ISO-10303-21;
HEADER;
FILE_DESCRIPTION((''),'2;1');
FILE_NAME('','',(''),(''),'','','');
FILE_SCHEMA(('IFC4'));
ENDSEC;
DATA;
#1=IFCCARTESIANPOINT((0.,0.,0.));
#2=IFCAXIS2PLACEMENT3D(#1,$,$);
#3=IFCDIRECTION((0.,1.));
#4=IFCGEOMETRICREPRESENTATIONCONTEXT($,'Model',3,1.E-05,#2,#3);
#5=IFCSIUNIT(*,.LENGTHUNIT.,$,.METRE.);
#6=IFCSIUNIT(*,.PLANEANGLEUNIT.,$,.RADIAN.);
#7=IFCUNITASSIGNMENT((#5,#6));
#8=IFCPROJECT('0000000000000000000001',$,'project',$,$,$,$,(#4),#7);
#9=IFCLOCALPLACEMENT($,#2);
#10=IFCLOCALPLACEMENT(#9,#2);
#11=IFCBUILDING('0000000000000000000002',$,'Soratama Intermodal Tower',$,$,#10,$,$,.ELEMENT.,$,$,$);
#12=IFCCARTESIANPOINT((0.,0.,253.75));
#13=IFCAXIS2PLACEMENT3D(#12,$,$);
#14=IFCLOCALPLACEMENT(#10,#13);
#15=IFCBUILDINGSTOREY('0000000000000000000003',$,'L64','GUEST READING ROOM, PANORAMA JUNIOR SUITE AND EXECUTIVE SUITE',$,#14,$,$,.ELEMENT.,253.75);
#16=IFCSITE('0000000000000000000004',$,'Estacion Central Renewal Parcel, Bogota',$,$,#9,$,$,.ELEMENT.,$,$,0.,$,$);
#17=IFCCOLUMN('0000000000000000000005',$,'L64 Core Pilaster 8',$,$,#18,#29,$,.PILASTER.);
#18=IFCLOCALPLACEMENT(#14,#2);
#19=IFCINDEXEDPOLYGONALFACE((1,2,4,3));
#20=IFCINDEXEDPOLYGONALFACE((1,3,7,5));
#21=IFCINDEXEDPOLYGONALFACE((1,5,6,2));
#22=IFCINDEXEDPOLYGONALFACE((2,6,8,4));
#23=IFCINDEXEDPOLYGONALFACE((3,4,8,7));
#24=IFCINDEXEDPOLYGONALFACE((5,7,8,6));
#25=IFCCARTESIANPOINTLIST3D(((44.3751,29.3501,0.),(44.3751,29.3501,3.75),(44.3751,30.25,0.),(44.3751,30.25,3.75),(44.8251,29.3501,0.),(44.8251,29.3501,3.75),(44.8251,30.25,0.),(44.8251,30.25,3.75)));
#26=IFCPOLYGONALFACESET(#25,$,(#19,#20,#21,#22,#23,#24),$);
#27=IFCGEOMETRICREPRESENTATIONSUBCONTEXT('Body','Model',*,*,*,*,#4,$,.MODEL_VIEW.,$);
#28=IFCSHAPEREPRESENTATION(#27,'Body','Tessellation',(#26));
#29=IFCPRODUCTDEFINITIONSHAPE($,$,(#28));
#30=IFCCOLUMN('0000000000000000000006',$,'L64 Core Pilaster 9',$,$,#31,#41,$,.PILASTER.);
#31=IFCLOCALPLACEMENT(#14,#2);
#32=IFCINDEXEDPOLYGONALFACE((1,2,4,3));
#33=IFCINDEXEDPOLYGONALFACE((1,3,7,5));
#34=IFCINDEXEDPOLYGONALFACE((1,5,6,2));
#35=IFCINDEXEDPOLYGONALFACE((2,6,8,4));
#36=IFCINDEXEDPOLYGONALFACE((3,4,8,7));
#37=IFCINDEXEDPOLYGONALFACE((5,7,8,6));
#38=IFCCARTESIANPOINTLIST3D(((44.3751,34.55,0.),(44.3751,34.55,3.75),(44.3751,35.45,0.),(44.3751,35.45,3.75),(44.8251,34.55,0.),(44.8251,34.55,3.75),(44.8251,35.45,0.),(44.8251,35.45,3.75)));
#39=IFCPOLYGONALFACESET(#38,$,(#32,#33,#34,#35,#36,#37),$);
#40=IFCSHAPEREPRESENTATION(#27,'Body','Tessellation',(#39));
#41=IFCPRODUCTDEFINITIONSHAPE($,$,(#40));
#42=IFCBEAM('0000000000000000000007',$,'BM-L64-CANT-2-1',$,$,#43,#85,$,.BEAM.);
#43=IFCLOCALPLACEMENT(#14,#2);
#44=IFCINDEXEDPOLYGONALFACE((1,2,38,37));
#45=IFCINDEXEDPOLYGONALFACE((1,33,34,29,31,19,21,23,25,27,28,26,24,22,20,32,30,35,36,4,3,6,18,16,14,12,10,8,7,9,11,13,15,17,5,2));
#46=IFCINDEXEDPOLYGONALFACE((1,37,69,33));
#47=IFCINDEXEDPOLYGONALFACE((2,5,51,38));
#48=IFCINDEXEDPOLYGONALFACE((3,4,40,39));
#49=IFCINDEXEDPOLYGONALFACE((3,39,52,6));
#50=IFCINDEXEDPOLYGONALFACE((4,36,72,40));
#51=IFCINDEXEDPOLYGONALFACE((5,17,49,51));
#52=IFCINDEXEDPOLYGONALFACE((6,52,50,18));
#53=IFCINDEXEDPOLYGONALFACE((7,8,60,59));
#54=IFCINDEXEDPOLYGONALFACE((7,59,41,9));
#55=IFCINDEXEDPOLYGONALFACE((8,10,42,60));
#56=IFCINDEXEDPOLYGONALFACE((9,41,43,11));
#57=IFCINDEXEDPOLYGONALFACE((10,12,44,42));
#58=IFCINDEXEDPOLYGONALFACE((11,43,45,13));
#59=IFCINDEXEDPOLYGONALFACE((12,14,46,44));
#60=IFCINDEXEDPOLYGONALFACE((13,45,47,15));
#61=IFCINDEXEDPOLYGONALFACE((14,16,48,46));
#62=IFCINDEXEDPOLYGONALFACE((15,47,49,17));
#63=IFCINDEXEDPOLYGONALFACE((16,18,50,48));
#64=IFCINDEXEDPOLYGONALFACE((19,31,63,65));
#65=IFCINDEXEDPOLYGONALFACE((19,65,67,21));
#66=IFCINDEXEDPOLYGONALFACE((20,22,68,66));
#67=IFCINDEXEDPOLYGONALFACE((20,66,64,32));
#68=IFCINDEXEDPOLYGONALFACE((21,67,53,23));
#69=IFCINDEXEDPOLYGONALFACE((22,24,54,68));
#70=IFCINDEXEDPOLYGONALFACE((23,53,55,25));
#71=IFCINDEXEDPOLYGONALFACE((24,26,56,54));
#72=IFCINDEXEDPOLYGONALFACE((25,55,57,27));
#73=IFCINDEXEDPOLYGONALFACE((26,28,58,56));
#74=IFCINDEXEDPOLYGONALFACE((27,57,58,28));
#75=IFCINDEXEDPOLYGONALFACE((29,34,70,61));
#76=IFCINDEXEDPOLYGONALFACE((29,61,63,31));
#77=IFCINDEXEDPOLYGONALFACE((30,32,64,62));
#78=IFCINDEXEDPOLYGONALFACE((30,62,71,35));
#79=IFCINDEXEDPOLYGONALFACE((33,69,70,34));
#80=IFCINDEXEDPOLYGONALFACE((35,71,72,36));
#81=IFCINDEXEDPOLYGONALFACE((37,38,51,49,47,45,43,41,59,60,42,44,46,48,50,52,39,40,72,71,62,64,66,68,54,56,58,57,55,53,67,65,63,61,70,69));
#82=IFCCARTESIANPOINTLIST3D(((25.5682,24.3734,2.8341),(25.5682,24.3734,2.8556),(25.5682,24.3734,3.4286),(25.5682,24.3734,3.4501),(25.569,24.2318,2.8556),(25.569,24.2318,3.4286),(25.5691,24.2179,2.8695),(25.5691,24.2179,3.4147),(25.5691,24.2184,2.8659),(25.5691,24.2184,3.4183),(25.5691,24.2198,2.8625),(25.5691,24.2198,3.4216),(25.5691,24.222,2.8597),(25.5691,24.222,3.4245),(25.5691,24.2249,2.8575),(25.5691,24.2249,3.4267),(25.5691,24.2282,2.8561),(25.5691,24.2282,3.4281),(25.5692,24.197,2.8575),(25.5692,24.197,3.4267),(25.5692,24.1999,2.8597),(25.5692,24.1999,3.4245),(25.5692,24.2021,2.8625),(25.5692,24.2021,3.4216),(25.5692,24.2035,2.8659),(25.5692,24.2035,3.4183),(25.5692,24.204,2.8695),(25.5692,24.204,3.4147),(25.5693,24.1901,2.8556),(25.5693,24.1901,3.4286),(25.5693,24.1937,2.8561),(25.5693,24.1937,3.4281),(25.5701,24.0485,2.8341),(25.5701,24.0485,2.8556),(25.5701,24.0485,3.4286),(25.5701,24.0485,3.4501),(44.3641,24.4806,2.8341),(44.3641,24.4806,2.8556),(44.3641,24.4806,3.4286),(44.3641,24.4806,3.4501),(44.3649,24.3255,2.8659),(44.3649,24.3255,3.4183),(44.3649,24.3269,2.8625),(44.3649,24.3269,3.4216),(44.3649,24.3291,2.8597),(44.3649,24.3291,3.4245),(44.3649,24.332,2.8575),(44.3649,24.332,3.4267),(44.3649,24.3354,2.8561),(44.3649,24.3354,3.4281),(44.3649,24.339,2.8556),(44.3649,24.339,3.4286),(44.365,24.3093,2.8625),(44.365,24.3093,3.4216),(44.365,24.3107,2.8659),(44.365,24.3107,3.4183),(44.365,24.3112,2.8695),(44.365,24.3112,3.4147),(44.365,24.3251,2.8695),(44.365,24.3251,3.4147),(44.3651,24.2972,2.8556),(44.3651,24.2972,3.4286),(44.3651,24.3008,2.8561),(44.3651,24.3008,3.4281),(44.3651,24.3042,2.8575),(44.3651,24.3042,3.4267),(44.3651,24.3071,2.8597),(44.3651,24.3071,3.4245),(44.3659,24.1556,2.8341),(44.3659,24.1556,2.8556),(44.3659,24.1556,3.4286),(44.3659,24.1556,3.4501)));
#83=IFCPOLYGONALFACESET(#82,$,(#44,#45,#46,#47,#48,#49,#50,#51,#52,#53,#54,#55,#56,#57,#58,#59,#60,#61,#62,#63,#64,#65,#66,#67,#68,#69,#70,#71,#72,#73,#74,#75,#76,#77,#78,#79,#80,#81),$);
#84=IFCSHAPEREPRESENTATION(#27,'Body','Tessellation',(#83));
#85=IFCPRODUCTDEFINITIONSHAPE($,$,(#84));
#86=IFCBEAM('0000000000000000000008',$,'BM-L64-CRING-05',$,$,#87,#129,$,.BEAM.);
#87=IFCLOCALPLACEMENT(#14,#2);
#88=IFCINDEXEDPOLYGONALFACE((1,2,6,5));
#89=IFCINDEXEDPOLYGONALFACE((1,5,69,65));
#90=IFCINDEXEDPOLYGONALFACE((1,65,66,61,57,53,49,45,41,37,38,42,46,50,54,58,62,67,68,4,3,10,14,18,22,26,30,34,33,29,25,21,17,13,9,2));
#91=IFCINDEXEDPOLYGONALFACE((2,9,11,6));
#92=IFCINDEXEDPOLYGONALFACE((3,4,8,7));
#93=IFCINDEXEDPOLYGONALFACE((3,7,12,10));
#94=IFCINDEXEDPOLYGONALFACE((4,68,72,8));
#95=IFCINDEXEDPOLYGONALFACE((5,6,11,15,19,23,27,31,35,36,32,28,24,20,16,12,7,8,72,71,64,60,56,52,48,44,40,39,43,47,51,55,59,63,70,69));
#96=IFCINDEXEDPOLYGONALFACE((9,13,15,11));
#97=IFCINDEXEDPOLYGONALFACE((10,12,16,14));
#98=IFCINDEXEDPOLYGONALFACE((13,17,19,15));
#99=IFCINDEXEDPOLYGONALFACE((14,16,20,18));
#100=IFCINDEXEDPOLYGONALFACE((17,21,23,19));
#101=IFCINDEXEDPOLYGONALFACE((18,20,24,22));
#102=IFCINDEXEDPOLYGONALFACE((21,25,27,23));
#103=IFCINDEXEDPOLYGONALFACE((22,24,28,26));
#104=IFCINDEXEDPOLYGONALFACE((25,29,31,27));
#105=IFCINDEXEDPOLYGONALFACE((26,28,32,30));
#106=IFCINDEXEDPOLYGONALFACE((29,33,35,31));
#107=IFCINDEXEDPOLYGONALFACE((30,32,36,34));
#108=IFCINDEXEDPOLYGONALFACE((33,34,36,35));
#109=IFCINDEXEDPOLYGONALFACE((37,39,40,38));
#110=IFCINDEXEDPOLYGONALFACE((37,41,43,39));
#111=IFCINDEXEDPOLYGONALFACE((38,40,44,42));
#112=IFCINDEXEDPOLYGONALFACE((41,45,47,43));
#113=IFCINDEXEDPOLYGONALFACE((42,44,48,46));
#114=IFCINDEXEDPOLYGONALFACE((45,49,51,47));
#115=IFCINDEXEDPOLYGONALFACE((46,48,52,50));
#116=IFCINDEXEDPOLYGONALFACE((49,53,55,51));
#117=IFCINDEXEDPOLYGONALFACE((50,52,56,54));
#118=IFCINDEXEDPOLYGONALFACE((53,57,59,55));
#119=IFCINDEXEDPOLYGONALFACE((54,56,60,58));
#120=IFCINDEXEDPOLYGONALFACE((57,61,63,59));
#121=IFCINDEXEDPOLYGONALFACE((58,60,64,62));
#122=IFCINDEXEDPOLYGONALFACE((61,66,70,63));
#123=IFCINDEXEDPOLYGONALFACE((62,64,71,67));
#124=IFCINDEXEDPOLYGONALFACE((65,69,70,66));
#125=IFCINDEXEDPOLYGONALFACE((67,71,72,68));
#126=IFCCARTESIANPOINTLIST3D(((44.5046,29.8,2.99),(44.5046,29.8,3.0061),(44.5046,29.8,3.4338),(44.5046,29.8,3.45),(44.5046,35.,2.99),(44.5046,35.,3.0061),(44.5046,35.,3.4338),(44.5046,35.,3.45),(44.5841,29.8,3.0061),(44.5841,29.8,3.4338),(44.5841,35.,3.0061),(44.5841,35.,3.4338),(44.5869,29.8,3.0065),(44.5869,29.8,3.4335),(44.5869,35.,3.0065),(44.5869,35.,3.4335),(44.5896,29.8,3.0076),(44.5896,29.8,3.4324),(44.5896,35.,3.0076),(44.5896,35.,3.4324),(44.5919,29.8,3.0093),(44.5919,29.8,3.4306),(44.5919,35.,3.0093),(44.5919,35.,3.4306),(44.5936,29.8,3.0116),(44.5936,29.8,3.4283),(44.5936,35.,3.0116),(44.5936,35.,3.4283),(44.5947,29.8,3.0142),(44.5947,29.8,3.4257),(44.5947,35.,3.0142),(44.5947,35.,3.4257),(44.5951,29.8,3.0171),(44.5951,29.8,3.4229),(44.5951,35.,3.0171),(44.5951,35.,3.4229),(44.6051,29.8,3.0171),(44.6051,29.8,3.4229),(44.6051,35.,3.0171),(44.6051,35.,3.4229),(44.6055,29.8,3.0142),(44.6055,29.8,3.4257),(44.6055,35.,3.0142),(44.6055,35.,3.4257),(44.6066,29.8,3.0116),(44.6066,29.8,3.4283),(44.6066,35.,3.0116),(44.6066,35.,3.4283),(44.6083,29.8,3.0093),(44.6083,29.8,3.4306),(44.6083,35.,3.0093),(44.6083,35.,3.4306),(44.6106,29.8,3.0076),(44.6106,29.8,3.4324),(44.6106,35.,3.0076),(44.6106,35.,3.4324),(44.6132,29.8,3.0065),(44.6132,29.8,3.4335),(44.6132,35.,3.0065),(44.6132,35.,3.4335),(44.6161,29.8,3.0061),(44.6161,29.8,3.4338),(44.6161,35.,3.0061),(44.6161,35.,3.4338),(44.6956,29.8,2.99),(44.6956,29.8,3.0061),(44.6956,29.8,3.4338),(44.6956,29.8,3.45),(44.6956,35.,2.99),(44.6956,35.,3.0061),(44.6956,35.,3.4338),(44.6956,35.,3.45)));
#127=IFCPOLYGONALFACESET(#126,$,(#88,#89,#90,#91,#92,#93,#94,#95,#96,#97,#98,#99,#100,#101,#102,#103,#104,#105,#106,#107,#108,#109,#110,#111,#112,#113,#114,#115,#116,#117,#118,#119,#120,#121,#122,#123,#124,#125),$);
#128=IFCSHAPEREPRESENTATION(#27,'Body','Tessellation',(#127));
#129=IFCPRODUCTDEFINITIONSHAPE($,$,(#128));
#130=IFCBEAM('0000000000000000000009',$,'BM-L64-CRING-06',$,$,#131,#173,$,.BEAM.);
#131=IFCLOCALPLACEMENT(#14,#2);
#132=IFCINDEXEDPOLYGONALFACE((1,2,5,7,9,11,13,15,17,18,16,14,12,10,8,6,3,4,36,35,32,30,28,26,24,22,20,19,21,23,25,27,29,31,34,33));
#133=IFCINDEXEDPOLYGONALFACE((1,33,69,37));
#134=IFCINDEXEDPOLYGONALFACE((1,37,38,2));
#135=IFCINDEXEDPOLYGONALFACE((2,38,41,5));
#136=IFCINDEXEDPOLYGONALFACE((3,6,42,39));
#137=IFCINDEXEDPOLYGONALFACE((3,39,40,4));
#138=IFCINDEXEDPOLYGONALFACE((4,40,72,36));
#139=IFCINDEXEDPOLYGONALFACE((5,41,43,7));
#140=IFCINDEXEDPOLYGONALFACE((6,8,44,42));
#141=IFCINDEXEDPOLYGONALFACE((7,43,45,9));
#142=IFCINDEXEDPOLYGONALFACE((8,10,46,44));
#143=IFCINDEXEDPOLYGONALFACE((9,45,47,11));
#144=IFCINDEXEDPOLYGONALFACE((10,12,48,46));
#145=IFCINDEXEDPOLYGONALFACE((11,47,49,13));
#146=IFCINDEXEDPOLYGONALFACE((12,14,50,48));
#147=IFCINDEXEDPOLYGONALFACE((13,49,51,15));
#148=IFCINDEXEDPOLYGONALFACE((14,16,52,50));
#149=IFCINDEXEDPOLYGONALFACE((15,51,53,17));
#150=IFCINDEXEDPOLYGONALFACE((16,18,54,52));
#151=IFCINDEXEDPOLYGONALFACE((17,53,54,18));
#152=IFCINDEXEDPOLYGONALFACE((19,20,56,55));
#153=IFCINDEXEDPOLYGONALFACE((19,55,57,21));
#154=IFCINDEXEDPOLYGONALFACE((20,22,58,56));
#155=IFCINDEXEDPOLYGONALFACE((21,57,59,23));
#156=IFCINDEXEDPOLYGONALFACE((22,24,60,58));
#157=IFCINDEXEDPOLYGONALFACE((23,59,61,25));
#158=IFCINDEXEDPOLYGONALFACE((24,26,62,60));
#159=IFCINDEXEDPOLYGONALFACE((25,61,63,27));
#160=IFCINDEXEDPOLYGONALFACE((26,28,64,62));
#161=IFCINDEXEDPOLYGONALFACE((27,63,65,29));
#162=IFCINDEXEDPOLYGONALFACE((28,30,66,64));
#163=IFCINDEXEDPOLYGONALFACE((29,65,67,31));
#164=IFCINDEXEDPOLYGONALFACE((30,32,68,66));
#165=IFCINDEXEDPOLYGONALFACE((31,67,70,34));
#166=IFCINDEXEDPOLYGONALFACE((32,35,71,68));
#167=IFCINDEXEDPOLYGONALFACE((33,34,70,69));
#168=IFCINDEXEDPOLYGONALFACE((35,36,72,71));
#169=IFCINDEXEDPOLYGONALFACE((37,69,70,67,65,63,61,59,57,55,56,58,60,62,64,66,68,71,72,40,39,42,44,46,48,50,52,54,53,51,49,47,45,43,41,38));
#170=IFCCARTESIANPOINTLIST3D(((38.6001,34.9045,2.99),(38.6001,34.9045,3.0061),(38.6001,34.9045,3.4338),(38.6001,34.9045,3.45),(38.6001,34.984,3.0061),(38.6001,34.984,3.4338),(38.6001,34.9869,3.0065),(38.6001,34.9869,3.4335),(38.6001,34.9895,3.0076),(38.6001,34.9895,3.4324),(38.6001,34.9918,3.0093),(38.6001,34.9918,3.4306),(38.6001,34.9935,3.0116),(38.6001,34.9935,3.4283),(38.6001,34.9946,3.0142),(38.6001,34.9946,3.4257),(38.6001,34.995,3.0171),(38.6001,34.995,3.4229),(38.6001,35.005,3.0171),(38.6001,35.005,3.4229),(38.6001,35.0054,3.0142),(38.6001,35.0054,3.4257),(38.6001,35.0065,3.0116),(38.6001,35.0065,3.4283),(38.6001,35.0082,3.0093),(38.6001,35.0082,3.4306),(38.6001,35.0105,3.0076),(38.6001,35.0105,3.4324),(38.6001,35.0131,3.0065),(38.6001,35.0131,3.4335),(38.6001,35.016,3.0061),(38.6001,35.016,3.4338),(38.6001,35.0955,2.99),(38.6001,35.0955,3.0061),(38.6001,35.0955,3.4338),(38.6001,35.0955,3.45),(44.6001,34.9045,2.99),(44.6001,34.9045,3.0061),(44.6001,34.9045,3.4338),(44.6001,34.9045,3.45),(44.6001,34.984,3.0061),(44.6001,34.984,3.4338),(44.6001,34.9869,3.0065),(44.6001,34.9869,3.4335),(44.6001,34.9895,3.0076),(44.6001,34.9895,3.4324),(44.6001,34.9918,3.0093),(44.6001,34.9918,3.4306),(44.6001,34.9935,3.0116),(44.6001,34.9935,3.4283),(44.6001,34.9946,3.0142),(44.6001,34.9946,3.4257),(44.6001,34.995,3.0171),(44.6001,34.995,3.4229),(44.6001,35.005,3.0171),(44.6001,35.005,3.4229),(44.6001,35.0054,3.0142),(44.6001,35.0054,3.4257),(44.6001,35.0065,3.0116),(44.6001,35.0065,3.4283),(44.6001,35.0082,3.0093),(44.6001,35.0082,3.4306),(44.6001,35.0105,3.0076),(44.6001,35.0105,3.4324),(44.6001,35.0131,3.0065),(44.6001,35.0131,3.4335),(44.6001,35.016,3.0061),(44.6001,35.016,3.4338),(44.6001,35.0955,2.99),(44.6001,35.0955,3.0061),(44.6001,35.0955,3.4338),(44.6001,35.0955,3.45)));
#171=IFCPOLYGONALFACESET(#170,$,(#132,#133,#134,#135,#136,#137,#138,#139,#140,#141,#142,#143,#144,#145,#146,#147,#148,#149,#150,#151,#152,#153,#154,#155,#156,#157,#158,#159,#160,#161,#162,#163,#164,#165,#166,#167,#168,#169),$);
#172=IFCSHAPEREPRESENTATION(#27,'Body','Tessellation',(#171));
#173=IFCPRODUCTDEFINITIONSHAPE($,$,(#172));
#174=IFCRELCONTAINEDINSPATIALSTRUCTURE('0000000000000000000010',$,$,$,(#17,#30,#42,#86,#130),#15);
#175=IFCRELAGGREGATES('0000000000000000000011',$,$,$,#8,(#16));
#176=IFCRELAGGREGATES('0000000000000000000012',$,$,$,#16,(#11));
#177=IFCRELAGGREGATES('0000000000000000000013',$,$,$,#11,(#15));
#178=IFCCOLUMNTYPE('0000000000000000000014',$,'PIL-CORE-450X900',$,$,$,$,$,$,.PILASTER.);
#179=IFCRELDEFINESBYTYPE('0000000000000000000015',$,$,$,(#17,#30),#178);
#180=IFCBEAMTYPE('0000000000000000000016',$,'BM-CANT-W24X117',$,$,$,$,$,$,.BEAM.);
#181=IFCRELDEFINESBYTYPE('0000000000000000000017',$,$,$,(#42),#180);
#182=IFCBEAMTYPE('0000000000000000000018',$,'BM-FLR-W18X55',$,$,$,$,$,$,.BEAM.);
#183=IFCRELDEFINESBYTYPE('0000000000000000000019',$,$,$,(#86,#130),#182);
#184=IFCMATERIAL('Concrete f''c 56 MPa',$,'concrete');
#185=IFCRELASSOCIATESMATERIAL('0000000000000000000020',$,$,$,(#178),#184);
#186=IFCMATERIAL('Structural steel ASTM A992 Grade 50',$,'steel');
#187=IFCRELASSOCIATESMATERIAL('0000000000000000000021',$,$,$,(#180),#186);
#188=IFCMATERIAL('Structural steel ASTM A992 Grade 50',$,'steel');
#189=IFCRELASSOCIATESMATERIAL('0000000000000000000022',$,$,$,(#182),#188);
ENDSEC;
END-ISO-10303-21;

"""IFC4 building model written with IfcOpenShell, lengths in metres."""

from ifc_helpers import new_model, si_unit, direction, frame, origin, origin_2d, place, context, subcontext, project, spatial, rectangle, i_section, extrude, material, material_profile, profile_set, type_object, element, save


model = new_model("IFC4")

# Units and contexts
model_context = context("Model", 3, precision=1e-05, world=origin(), true_north=direction((0.0, 1.0)))
body_context = subcontext(model_context, "Body", "Model", "MODEL_VIEW")
ifc_project = project(units=[si_unit("LENGTHUNIT", "METRE"), si_unit("PLANEANGLEUNIT", "RADIAN")], contexts=[model_context])

# Site, building, storey
site_placement = place(None, origin())
site = spatial("IfcSite", under=ifc_project, at=site_placement, Name="Estacion Central Renewal Parcel, Bogota", CompositionType="ELEMENT", RefElevation=0.0)
building_placement = place(site_placement, origin())
building = spatial("IfcBuilding", under=site, at=building_placement, Name="Soratama Intermodal Tower", CompositionType="ELEMENT")
storey_placement = place(building_placement, frame((0.0, 0.0, 253.75)))
storey = spatial("IfcBuildingStorey", under=building, at=storey_placement, Name="L64", Description="GUEST READING ROOM, PANORAMA JUNIOR SUITE AND EXECUTIVE SUITE", CompositionType="ELEMENT", Elevation=253.75)

# Columns
ifc_material_1 = material(Name="Concrete f'c 56 MPa", Category="concrete")
ifc_material_profile_1 = material_profile(ifc_material_1, rectangle(XDim=0.45, YDim=0.8999, at=origin_2d()), Name="RC450X900")
ifc_profile_set_1 = profile_set([ifc_material_profile_1], Name="Concrete f'c 56 MPa")
column_type = type_object("IfcColumnType", Name="PIL-CORE-450X900", PredefinedType="PILASTER", material=ifc_profile_set_1)
for number, where, z_axis, x_axis, name in (
    (1, (44.6001, 29.8, 0.0), (0.0, 0.0, 1.0), (1.0, 0.0, 0.0), "L64 Core Pilaster 8"),
    (2, (44.6001, 35.0, 0.0), (0.0, 0.0, 1.0), (1.0, 0.0, 0.0), "L64 Core Pilaster 9"),
):
    element("IfcColumn", number, at=place(storey_placement, frame(where, z_axis=z_axis, x_axis=x_axis)), inside=storey, type_object=column_type, Name=name, PredefinedType="PILASTER", context=body_context, shape_type="SweptSolid", body=[
        extrude(rectangle(XDim=0.45, YDim=0.8999, at=origin_2d()), origin(), (0.0, 0.0, 1.0), 3.75),
    ])

# Beams
ifc_material_2 = material(Name="Structural steel ASTM A992 Grade 50", Category="steel")
ifc_material_profile_2 = material_profile(ifc_material_2, i_section(OverallWidth=0.325, OverallDepth=0.616, WebThickness=0.0139, FlangeThickness=0.0215, FilletRadius=0.0139, at=origin_2d()), Name="W24X117")
ifc_profile_set_2 = profile_set([ifc_material_profile_2], Name="Structural steel ASTM A992 Grade 50")
beam_type_1 = type_object("IfcBeamType", Name="BM-CANT-W24X117", PredefinedType="BEAM", material=ifc_profile_set_2)
beam_1_placement = place(storey_placement, frame((44.365, 24.3181, 3.1421), z_axis=(-0.999984, -0.005702, 0.0), x_axis=(0.005702, -0.999984, 0.0)))
element("IfcBeam", 3, at=beam_1_placement, inside=storey, type_object=beam_type_1, Name="BM-L64-CANT-2-1", PredefinedType="BEAM", context=body_context, shape_type="SweptSolid", body=[
    extrude(i_section(OverallWidth=0.325, OverallDepth=0.616, WebThickness=0.0139, FlangeThickness=0.0215, FilletRadius=0.0139, at=origin_2d()), origin(), (0.0, 0.0, 1.0), 18.7961),
])
ifc_material_3 = material(Name="Structural steel ASTM A992 Grade 50", Category="steel")
ifc_material_profile_3 = material_profile(ifc_material_3, i_section(OverallWidth=0.1909, OverallDepth=0.46, WebThickness=0.01, FlangeThickness=0.0161, FilletRadius=0.011, at=origin_2d()), Name="W18X55")
ifc_profile_set_3 = profile_set([ifc_material_profile_3], Name="Structural steel ASTM A992 Grade 50")
beam_type_2 = type_object("IfcBeamType", Name="BM-FLR-W18X55", PredefinedType="BEAM", material=ifc_profile_set_3)
beam_2_placement = place(storey_placement, frame((44.6001, 29.8, 3.22), z_axis=(0.0, 1.0, 0.0), x_axis=(-1.0, 0.0, 0.0)))
element("IfcBeam", 4, at=beam_2_placement, inside=storey, type_object=beam_type_2, Name="BM-L64-CRING-05", PredefinedType="BEAM", context=body_context, shape_type="SweptSolid", body=[
    extrude(i_section(OverallWidth=0.1909, OverallDepth=0.46, WebThickness=0.01, FlangeThickness=0.0161, FilletRadius=0.011, at=origin_2d()), origin(), (0.0, 0.0, 1.0), 5.2),
])
beam_3_placement = place(storey_placement, frame((44.6001, 35.0, 3.22), z_axis=(-1.0, 0.0, 0.0), x_axis=(0.0, -1.0, 0.0)))
element("IfcBeam", 5, at=beam_3_placement, inside=storey, type_object=beam_type_2, Name="BM-L64-CRING-06", PredefinedType="BEAM", context=body_context, shape_type="SweptSolid", body=[
    extrude(i_section(OverallWidth=0.1909, OverallDepth=0.46, WebThickness=0.01, FlangeThickness=0.0161, FilletRadius=0.011, at=origin_2d()), origin(), (0.0, 0.0, 1.0), 6.0),
])

save(model, "model.ifc")
